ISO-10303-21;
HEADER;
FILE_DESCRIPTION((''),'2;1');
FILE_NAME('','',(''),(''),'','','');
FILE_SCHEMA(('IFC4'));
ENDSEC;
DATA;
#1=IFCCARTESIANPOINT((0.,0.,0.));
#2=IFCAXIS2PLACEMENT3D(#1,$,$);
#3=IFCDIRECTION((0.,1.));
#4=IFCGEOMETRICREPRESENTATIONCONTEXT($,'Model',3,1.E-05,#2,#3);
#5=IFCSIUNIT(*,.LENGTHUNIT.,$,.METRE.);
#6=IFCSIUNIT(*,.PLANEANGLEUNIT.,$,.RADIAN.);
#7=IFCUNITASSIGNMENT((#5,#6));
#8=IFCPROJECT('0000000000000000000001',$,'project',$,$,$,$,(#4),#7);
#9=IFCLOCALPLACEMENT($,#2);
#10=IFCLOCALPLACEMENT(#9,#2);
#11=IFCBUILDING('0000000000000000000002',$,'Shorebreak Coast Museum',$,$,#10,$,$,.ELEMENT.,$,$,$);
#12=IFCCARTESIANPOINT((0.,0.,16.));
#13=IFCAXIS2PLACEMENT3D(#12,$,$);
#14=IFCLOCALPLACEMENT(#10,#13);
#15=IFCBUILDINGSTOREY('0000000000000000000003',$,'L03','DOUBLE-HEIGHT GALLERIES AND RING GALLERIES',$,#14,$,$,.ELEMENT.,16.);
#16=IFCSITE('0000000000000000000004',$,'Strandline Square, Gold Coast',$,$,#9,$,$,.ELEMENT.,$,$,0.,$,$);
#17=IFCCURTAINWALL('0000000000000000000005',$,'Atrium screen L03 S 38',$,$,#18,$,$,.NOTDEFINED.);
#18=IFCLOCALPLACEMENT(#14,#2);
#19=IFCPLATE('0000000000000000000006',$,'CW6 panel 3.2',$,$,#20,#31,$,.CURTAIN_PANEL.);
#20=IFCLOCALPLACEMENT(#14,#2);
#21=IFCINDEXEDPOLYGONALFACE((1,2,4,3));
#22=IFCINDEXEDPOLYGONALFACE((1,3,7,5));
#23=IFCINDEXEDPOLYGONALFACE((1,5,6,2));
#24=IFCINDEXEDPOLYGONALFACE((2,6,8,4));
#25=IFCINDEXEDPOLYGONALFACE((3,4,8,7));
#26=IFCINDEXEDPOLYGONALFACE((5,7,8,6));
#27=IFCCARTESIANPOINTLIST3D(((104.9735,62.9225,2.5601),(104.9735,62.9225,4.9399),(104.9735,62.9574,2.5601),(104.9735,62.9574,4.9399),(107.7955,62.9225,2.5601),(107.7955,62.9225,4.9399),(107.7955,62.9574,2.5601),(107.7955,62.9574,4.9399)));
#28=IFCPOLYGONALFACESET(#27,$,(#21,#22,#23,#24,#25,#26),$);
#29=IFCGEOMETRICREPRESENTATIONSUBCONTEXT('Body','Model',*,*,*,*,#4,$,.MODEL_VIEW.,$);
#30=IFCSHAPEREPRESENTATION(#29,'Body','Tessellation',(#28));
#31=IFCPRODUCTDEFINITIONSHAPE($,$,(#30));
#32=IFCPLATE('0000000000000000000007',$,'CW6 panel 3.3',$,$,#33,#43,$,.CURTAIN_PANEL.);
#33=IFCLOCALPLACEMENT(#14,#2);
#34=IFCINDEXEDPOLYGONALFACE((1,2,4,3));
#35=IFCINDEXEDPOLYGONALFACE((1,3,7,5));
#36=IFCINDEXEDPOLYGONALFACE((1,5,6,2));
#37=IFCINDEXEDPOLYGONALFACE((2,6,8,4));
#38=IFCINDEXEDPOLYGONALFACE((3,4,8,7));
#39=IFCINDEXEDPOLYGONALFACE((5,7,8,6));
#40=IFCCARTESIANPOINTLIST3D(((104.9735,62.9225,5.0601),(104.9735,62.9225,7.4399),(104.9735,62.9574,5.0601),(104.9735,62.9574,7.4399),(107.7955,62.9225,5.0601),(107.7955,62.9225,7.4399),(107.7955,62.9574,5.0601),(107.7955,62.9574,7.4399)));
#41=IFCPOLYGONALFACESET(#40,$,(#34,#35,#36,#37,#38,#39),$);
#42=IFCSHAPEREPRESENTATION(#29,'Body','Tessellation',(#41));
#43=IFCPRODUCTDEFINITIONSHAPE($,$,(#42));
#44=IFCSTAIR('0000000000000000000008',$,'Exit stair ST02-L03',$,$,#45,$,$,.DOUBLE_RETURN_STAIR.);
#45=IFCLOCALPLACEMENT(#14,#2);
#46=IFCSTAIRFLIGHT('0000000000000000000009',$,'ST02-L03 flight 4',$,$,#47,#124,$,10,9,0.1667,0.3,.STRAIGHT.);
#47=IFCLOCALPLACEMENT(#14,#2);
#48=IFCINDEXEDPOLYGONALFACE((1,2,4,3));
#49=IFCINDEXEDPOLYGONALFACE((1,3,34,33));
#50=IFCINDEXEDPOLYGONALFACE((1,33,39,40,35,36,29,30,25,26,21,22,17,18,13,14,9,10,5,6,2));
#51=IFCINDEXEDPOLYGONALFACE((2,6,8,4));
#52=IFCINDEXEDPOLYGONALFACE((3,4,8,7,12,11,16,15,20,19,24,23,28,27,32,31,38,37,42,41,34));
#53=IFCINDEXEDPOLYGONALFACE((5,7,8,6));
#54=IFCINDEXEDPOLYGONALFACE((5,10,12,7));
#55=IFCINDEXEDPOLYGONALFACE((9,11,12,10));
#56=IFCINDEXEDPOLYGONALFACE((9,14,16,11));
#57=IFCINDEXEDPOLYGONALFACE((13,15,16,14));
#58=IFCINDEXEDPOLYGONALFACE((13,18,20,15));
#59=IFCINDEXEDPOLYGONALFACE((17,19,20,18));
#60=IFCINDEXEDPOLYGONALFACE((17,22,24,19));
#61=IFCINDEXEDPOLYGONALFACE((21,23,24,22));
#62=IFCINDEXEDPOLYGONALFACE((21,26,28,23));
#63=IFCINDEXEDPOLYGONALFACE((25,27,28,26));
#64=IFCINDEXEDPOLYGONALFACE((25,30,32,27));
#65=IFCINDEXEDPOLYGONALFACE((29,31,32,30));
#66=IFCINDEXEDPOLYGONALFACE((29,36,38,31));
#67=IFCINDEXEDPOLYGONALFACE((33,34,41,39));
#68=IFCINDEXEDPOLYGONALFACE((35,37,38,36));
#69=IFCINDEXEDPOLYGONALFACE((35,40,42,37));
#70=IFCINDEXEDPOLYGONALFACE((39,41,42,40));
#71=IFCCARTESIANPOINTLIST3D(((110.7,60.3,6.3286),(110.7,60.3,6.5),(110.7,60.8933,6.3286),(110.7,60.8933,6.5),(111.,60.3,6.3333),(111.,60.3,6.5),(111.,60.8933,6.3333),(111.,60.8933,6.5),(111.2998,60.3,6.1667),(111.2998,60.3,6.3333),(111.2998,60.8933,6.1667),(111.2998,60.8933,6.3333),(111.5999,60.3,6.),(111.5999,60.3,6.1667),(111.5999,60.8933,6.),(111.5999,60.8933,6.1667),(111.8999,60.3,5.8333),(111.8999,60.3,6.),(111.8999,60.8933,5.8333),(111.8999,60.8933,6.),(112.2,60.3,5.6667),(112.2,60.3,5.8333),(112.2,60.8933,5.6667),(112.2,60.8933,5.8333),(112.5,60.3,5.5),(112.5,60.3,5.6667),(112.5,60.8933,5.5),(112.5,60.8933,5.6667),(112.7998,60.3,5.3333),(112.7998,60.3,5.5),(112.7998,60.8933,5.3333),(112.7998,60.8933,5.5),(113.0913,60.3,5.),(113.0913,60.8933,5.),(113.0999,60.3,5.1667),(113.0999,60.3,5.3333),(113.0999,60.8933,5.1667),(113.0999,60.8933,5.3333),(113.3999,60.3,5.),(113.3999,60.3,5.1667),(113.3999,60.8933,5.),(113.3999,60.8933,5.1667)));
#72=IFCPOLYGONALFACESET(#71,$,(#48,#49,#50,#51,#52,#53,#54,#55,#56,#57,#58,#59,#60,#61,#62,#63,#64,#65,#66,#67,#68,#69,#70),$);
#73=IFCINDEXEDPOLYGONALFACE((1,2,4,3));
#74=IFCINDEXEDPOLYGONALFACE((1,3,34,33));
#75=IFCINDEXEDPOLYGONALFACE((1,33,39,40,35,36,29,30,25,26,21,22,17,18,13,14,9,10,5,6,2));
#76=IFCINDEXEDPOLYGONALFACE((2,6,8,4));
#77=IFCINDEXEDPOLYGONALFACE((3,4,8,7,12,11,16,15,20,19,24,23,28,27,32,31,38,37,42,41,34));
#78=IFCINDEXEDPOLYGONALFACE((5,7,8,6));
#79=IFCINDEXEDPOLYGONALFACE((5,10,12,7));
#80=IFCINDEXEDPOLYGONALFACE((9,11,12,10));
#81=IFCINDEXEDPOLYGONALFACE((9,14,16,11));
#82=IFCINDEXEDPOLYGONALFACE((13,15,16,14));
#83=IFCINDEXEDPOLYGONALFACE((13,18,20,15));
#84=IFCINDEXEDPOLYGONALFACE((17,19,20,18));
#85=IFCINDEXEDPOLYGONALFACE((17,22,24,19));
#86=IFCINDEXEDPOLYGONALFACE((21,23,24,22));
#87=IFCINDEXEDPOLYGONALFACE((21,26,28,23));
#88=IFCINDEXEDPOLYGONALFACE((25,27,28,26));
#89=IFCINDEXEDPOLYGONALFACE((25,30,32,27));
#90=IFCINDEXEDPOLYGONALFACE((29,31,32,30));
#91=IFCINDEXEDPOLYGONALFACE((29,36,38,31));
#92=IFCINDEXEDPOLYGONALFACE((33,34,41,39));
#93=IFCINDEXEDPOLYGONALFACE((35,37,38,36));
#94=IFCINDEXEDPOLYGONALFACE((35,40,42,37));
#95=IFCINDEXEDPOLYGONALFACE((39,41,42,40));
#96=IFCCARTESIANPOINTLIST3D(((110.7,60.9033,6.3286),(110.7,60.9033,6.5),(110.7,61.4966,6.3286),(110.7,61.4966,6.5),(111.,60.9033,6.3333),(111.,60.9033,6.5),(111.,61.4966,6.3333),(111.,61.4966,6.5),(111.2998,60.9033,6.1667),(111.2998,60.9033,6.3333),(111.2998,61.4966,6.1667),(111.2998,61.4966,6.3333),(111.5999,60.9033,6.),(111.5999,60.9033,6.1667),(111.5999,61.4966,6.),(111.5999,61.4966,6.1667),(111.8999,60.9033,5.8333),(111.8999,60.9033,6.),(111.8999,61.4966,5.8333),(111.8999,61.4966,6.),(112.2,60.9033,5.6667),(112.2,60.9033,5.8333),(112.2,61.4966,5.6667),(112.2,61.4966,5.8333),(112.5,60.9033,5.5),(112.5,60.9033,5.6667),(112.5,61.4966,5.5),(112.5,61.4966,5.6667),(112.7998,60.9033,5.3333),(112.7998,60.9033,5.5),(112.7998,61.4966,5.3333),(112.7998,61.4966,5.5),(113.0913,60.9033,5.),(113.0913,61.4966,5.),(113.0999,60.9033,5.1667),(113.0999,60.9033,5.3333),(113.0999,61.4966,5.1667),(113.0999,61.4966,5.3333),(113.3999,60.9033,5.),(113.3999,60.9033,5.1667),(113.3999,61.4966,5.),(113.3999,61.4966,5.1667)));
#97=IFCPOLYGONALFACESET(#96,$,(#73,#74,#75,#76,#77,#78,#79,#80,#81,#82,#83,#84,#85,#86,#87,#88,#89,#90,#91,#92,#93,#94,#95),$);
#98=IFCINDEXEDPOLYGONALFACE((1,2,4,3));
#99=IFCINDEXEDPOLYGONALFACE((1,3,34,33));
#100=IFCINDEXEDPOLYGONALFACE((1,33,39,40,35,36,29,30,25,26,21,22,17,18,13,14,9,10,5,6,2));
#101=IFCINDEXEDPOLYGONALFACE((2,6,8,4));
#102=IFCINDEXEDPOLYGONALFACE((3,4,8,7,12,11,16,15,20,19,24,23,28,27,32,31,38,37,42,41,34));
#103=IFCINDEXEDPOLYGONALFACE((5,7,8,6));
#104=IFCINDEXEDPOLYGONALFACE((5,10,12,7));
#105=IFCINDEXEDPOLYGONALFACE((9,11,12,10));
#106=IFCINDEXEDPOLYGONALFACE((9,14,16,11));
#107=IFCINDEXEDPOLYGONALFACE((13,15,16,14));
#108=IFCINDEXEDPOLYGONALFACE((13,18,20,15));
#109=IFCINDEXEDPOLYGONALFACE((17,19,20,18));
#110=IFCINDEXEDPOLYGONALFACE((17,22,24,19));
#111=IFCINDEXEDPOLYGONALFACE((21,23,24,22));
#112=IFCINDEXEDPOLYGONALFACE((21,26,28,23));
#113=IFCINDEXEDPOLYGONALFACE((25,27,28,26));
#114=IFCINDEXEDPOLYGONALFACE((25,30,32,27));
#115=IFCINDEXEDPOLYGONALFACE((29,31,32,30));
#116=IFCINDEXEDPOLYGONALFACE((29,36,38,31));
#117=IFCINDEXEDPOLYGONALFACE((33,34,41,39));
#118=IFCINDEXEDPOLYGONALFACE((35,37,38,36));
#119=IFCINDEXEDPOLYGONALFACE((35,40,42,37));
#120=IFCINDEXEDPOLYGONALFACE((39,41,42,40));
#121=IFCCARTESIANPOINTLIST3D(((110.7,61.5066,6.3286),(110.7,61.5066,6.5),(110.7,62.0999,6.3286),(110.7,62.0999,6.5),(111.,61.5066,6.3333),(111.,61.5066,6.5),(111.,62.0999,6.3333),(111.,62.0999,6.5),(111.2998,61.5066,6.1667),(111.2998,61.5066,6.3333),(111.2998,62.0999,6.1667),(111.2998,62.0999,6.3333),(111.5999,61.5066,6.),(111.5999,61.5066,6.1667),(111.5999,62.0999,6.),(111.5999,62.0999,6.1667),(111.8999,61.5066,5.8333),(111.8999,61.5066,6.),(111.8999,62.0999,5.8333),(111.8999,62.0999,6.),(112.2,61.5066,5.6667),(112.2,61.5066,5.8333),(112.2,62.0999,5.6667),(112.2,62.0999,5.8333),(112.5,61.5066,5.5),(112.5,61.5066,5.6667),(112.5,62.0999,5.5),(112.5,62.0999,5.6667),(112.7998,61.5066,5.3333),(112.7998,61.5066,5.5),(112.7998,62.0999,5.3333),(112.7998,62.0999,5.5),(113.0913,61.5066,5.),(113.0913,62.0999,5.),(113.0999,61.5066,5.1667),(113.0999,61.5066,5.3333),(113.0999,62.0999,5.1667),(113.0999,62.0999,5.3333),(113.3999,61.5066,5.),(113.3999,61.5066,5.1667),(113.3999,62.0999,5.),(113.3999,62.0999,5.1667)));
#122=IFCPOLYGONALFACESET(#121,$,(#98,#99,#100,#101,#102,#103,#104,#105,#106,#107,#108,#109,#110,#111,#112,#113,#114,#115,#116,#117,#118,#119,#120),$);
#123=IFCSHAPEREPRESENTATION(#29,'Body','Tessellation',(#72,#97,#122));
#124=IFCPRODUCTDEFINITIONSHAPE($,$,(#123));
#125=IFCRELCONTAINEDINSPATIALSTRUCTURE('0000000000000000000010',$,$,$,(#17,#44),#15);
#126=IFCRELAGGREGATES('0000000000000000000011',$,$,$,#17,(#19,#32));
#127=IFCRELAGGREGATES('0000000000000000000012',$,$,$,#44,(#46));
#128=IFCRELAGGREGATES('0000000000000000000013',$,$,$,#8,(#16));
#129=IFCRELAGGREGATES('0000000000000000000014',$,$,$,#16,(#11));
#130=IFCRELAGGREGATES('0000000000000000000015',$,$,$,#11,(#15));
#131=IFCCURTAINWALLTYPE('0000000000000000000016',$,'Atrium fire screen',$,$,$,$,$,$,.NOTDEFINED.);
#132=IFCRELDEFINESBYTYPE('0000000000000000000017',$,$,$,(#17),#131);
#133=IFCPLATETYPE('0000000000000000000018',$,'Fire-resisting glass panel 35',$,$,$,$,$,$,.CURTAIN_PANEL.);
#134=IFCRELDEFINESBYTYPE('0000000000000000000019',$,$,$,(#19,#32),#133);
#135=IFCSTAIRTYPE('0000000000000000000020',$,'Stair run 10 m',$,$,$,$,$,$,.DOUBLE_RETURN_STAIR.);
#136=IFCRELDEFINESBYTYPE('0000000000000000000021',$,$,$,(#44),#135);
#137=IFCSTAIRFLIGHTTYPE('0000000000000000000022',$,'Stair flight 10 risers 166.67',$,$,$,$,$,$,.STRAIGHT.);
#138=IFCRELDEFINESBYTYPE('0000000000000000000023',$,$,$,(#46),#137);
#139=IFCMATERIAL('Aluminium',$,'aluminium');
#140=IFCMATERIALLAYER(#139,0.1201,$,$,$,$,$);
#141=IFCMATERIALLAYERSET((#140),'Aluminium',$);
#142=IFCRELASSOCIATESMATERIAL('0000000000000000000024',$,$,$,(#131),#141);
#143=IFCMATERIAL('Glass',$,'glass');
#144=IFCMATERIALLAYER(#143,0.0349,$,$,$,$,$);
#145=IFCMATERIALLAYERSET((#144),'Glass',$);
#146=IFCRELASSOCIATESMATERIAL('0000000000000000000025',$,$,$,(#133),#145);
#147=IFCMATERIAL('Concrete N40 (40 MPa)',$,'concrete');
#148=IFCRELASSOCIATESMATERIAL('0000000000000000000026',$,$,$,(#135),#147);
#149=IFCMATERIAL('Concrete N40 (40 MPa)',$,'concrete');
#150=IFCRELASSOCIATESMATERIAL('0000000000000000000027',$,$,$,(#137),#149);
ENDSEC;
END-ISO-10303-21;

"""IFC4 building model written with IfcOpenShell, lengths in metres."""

from ifc_helpers import new_model, si_unit, direction, frame, origin, origin_2d, place, context, subcontext, project, spatial, polyline, rectangle, outline, extrude, material, layer, layer_set, type_object, element, aggregate, save


model = new_model("IFC4")

# Units and contexts
model_context = context("Model", 3, precision=1e-05, world=origin(), true_north=direction((0.0, 1.0)))
body_context = subcontext(model_context, "Body", "Model", "MODEL_VIEW")
ifc_project = project(units=[si_unit("LENGTHUNIT", "METRE"), si_unit("PLANEANGLEUNIT", "RADIAN")], contexts=[model_context])

# Site, building, storey
site_placement = place(None, origin())
site = spatial("IfcSite", under=ifc_project, at=site_placement, Name="Strandline Square, Gold Coast", CompositionType="ELEMENT", RefElevation=0.0)
building_placement = place(site_placement, origin())
building = spatial("IfcBuilding", under=site, at=building_placement, Name="Shorebreak Coast Museum", CompositionType="ELEMENT")
storey_placement = place(building_placement, frame((0.0, 0.0, 16.0)))
storey = spatial("IfcBuildingStorey", under=building, at=storey_placement, Name="L03", Description="DOUBLE-HEIGHT GALLERIES AND RING GALLERIES", CompositionType="ELEMENT", Elevation=16.0)

# Curtain wall, plates
ifc_material_1 = material(Name="Aluminium", Category="aluminium")
ifc_layer_1 = layer(ifc_material_1, 0.1201)
ifc_layer_set_1 = layer_set([ifc_layer_1], Name="Aluminium")
curtain_wall_type = type_object("IfcCurtainWallType", Name="Atrium fire screen", PredefinedType="NOTDEFINED", material=ifc_layer_set_1)
curtain_wall_placement = place(storey_placement, origin())
curtain_wall = element("IfcCurtainWall", 1, at=curtain_wall_placement, inside=storey, type_object=curtain_wall_type, Name="Atrium screen L03 S 38", PredefinedType="NOTDEFINED")
ifc_material_2 = material(Name="Glass", Category="glass")
ifc_layer_2 = layer(ifc_material_2, 0.0349)
ifc_layer_set_2 = layer_set([ifc_layer_2], Name="Glass")
plate_type = type_object("IfcPlateType", Name="Fire-resisting glass panel 35", PredefinedType="CURTAIN_PANEL", material=ifc_layer_set_2)
plate_1_placement = place(storey_placement, frame((106.3845, 62.9399, 2.5601), z_axis=(0.0, 0.0, 1.0), x_axis=(1.0, 0.0, 0.0)))
plate_1 = element("IfcPlate", 2, at=plate_1_placement, type_object=plate_type, Name="CW6 panel 3.2", PredefinedType="CURTAIN_PANEL", context=body_context, shape_type="SweptSolid", body=[
    extrude(rectangle(XDim=2.822, YDim=0.0349, at=origin_2d()), origin(), (0.0, 0.0, 1.0), 2.3799),
])
plate_2_placement = place(storey_placement, frame((106.3845, 62.9399, 5.0601), z_axis=(0.0, 0.0, 1.0), x_axis=(1.0, 0.0, 0.0)))
plate_2 = element("IfcPlate", 3, at=plate_2_placement, type_object=plate_type, Name="CW6 panel 3.3", PredefinedType="CURTAIN_PANEL", context=body_context, shape_type="SweptSolid", body=[
    extrude(rectangle(XDim=2.822, YDim=0.0349, at=origin_2d()), origin(), (0.0, 0.0, 1.0), 2.3799),
])
aggregate(curtain_wall, [plate_1, plate_2])

# Stair, stair flight
ifc_material_3 = material(Name="Concrete N40 (40 MPa)", Category="concrete")
stair_type = type_object("IfcStairType", Name="Stair run 10 m", PredefinedType="DOUBLE_RETURN_STAIR", material=ifc_material_3)
stair_placement = place(storey_placement, origin())
stair = element("IfcStair", 4, at=stair_placement, inside=storey, type_object=stair_type, Name="Exit stair ST02-L03", PredefinedType="DOUBLE_RETURN_STAIR")
ifc_material_4 = material(Name="Concrete N40 (40 MPa)", Category="concrete")
stair_flight_type = type_object("IfcStairFlightType", Name="Stair flight 10 risers 166.67", PredefinedType="STRAIGHT", material=ifc_material_4)
stair_flight_placement = place(storey_placement, frame((113.3999, 61.2, 5.0), z_axis=(0.0, 0.0, 1.0), x_axis=(-1.0, 0.0, 0.0)))
stair_flight = element("IfcStairFlight", 5, at=stair_flight_placement, type_object=stair_flight_type, Name="ST02-L03 flight 4", NumberOfRisers=10, NumberOfTreads=9, PredefinedType="STRAIGHT", RiserHeight=0.1667, TreadLength=0.3, context=body_context, shape_type="SweptSolid", body=[
    extrude(outline(polyline([(0.0, 0.0), (0.0, 0.1667), (0.3, 0.1667), (0.3, 0.3333), (0.6001, 0.3333), (0.6001, 0.5), (0.8999, 0.5), (0.8999, 0.6667), (1.2, 0.6667), (1.2, 0.8333), (1.5, 0.8333), (1.5, 1.0), (1.8, 1.0), (1.8, 1.1667), (2.1001, 1.1667), (2.1001, 1.3333), (2.3999, 1.3333), (2.3999, 1.5), (2.7, 1.5), (2.7, 1.6667), (2.7, 1.3286), (0.3086, 0.0), (0.0, 0.0)])), frame((0.0, 0.8999, 0.0), z_axis=(0.0, -1.0, 0.0), x_axis=(1.0, 0.0, 0.0)), (0.0, 0.0, 1.0), 0.5933),
    extrude(outline(polyline([(0.0, 0.0), (0.0, 0.1667), (0.3, 0.1667), (0.3, 0.3333), (0.6001, 0.3333), (0.6001, 0.5), (0.8999, 0.5), (0.8999, 0.6667), (1.2, 0.6667), (1.2, 0.8333), (1.5, 0.8333), (1.5, 1.0), (1.8, 1.0), (1.8, 1.1667), (2.1001, 1.1667), (2.1001, 1.3333), (2.3999, 1.3333), (2.3999, 1.5), (2.7, 1.5), (2.7, 1.6667), (2.7, 1.3286), (0.3086, 0.0), (0.0, 0.0)])), frame((0.0, 0.2966, 0.0), z_axis=(0.0, -1.0, 0.0), x_axis=(1.0, 0.0, 0.0)), (0.0, 0.0, 1.0), 0.5933),
    extrude(outline(polyline([(0.0, 0.0), (0.0, 0.1667), (0.3, 0.1667), (0.3, 0.3333), (0.6001, 0.3333), (0.6001, 0.5), (0.8999, 0.5), (0.8999, 0.6667), (1.2, 0.6667), (1.2, 0.8333), (1.5, 0.8333), (1.5, 1.0), (1.8, 1.0), (1.8, 1.1667), (2.1001, 1.1667), (2.1001, 1.3333), (2.3999, 1.3333), (2.3999, 1.5), (2.7, 1.5), (2.7, 1.6667), (2.7, 1.3286), (0.3086, 0.0), (0.0, 0.0)])), frame((0.0, -0.3066, 0.0), z_axis=(0.0, -1.0, 0.0), x_axis=(1.0, 0.0, 0.0)), (0.0, 0.0, 1.0), 0.5933),
])
aggregate(stair, [stair_flight])

save(model, "model.ifc")
